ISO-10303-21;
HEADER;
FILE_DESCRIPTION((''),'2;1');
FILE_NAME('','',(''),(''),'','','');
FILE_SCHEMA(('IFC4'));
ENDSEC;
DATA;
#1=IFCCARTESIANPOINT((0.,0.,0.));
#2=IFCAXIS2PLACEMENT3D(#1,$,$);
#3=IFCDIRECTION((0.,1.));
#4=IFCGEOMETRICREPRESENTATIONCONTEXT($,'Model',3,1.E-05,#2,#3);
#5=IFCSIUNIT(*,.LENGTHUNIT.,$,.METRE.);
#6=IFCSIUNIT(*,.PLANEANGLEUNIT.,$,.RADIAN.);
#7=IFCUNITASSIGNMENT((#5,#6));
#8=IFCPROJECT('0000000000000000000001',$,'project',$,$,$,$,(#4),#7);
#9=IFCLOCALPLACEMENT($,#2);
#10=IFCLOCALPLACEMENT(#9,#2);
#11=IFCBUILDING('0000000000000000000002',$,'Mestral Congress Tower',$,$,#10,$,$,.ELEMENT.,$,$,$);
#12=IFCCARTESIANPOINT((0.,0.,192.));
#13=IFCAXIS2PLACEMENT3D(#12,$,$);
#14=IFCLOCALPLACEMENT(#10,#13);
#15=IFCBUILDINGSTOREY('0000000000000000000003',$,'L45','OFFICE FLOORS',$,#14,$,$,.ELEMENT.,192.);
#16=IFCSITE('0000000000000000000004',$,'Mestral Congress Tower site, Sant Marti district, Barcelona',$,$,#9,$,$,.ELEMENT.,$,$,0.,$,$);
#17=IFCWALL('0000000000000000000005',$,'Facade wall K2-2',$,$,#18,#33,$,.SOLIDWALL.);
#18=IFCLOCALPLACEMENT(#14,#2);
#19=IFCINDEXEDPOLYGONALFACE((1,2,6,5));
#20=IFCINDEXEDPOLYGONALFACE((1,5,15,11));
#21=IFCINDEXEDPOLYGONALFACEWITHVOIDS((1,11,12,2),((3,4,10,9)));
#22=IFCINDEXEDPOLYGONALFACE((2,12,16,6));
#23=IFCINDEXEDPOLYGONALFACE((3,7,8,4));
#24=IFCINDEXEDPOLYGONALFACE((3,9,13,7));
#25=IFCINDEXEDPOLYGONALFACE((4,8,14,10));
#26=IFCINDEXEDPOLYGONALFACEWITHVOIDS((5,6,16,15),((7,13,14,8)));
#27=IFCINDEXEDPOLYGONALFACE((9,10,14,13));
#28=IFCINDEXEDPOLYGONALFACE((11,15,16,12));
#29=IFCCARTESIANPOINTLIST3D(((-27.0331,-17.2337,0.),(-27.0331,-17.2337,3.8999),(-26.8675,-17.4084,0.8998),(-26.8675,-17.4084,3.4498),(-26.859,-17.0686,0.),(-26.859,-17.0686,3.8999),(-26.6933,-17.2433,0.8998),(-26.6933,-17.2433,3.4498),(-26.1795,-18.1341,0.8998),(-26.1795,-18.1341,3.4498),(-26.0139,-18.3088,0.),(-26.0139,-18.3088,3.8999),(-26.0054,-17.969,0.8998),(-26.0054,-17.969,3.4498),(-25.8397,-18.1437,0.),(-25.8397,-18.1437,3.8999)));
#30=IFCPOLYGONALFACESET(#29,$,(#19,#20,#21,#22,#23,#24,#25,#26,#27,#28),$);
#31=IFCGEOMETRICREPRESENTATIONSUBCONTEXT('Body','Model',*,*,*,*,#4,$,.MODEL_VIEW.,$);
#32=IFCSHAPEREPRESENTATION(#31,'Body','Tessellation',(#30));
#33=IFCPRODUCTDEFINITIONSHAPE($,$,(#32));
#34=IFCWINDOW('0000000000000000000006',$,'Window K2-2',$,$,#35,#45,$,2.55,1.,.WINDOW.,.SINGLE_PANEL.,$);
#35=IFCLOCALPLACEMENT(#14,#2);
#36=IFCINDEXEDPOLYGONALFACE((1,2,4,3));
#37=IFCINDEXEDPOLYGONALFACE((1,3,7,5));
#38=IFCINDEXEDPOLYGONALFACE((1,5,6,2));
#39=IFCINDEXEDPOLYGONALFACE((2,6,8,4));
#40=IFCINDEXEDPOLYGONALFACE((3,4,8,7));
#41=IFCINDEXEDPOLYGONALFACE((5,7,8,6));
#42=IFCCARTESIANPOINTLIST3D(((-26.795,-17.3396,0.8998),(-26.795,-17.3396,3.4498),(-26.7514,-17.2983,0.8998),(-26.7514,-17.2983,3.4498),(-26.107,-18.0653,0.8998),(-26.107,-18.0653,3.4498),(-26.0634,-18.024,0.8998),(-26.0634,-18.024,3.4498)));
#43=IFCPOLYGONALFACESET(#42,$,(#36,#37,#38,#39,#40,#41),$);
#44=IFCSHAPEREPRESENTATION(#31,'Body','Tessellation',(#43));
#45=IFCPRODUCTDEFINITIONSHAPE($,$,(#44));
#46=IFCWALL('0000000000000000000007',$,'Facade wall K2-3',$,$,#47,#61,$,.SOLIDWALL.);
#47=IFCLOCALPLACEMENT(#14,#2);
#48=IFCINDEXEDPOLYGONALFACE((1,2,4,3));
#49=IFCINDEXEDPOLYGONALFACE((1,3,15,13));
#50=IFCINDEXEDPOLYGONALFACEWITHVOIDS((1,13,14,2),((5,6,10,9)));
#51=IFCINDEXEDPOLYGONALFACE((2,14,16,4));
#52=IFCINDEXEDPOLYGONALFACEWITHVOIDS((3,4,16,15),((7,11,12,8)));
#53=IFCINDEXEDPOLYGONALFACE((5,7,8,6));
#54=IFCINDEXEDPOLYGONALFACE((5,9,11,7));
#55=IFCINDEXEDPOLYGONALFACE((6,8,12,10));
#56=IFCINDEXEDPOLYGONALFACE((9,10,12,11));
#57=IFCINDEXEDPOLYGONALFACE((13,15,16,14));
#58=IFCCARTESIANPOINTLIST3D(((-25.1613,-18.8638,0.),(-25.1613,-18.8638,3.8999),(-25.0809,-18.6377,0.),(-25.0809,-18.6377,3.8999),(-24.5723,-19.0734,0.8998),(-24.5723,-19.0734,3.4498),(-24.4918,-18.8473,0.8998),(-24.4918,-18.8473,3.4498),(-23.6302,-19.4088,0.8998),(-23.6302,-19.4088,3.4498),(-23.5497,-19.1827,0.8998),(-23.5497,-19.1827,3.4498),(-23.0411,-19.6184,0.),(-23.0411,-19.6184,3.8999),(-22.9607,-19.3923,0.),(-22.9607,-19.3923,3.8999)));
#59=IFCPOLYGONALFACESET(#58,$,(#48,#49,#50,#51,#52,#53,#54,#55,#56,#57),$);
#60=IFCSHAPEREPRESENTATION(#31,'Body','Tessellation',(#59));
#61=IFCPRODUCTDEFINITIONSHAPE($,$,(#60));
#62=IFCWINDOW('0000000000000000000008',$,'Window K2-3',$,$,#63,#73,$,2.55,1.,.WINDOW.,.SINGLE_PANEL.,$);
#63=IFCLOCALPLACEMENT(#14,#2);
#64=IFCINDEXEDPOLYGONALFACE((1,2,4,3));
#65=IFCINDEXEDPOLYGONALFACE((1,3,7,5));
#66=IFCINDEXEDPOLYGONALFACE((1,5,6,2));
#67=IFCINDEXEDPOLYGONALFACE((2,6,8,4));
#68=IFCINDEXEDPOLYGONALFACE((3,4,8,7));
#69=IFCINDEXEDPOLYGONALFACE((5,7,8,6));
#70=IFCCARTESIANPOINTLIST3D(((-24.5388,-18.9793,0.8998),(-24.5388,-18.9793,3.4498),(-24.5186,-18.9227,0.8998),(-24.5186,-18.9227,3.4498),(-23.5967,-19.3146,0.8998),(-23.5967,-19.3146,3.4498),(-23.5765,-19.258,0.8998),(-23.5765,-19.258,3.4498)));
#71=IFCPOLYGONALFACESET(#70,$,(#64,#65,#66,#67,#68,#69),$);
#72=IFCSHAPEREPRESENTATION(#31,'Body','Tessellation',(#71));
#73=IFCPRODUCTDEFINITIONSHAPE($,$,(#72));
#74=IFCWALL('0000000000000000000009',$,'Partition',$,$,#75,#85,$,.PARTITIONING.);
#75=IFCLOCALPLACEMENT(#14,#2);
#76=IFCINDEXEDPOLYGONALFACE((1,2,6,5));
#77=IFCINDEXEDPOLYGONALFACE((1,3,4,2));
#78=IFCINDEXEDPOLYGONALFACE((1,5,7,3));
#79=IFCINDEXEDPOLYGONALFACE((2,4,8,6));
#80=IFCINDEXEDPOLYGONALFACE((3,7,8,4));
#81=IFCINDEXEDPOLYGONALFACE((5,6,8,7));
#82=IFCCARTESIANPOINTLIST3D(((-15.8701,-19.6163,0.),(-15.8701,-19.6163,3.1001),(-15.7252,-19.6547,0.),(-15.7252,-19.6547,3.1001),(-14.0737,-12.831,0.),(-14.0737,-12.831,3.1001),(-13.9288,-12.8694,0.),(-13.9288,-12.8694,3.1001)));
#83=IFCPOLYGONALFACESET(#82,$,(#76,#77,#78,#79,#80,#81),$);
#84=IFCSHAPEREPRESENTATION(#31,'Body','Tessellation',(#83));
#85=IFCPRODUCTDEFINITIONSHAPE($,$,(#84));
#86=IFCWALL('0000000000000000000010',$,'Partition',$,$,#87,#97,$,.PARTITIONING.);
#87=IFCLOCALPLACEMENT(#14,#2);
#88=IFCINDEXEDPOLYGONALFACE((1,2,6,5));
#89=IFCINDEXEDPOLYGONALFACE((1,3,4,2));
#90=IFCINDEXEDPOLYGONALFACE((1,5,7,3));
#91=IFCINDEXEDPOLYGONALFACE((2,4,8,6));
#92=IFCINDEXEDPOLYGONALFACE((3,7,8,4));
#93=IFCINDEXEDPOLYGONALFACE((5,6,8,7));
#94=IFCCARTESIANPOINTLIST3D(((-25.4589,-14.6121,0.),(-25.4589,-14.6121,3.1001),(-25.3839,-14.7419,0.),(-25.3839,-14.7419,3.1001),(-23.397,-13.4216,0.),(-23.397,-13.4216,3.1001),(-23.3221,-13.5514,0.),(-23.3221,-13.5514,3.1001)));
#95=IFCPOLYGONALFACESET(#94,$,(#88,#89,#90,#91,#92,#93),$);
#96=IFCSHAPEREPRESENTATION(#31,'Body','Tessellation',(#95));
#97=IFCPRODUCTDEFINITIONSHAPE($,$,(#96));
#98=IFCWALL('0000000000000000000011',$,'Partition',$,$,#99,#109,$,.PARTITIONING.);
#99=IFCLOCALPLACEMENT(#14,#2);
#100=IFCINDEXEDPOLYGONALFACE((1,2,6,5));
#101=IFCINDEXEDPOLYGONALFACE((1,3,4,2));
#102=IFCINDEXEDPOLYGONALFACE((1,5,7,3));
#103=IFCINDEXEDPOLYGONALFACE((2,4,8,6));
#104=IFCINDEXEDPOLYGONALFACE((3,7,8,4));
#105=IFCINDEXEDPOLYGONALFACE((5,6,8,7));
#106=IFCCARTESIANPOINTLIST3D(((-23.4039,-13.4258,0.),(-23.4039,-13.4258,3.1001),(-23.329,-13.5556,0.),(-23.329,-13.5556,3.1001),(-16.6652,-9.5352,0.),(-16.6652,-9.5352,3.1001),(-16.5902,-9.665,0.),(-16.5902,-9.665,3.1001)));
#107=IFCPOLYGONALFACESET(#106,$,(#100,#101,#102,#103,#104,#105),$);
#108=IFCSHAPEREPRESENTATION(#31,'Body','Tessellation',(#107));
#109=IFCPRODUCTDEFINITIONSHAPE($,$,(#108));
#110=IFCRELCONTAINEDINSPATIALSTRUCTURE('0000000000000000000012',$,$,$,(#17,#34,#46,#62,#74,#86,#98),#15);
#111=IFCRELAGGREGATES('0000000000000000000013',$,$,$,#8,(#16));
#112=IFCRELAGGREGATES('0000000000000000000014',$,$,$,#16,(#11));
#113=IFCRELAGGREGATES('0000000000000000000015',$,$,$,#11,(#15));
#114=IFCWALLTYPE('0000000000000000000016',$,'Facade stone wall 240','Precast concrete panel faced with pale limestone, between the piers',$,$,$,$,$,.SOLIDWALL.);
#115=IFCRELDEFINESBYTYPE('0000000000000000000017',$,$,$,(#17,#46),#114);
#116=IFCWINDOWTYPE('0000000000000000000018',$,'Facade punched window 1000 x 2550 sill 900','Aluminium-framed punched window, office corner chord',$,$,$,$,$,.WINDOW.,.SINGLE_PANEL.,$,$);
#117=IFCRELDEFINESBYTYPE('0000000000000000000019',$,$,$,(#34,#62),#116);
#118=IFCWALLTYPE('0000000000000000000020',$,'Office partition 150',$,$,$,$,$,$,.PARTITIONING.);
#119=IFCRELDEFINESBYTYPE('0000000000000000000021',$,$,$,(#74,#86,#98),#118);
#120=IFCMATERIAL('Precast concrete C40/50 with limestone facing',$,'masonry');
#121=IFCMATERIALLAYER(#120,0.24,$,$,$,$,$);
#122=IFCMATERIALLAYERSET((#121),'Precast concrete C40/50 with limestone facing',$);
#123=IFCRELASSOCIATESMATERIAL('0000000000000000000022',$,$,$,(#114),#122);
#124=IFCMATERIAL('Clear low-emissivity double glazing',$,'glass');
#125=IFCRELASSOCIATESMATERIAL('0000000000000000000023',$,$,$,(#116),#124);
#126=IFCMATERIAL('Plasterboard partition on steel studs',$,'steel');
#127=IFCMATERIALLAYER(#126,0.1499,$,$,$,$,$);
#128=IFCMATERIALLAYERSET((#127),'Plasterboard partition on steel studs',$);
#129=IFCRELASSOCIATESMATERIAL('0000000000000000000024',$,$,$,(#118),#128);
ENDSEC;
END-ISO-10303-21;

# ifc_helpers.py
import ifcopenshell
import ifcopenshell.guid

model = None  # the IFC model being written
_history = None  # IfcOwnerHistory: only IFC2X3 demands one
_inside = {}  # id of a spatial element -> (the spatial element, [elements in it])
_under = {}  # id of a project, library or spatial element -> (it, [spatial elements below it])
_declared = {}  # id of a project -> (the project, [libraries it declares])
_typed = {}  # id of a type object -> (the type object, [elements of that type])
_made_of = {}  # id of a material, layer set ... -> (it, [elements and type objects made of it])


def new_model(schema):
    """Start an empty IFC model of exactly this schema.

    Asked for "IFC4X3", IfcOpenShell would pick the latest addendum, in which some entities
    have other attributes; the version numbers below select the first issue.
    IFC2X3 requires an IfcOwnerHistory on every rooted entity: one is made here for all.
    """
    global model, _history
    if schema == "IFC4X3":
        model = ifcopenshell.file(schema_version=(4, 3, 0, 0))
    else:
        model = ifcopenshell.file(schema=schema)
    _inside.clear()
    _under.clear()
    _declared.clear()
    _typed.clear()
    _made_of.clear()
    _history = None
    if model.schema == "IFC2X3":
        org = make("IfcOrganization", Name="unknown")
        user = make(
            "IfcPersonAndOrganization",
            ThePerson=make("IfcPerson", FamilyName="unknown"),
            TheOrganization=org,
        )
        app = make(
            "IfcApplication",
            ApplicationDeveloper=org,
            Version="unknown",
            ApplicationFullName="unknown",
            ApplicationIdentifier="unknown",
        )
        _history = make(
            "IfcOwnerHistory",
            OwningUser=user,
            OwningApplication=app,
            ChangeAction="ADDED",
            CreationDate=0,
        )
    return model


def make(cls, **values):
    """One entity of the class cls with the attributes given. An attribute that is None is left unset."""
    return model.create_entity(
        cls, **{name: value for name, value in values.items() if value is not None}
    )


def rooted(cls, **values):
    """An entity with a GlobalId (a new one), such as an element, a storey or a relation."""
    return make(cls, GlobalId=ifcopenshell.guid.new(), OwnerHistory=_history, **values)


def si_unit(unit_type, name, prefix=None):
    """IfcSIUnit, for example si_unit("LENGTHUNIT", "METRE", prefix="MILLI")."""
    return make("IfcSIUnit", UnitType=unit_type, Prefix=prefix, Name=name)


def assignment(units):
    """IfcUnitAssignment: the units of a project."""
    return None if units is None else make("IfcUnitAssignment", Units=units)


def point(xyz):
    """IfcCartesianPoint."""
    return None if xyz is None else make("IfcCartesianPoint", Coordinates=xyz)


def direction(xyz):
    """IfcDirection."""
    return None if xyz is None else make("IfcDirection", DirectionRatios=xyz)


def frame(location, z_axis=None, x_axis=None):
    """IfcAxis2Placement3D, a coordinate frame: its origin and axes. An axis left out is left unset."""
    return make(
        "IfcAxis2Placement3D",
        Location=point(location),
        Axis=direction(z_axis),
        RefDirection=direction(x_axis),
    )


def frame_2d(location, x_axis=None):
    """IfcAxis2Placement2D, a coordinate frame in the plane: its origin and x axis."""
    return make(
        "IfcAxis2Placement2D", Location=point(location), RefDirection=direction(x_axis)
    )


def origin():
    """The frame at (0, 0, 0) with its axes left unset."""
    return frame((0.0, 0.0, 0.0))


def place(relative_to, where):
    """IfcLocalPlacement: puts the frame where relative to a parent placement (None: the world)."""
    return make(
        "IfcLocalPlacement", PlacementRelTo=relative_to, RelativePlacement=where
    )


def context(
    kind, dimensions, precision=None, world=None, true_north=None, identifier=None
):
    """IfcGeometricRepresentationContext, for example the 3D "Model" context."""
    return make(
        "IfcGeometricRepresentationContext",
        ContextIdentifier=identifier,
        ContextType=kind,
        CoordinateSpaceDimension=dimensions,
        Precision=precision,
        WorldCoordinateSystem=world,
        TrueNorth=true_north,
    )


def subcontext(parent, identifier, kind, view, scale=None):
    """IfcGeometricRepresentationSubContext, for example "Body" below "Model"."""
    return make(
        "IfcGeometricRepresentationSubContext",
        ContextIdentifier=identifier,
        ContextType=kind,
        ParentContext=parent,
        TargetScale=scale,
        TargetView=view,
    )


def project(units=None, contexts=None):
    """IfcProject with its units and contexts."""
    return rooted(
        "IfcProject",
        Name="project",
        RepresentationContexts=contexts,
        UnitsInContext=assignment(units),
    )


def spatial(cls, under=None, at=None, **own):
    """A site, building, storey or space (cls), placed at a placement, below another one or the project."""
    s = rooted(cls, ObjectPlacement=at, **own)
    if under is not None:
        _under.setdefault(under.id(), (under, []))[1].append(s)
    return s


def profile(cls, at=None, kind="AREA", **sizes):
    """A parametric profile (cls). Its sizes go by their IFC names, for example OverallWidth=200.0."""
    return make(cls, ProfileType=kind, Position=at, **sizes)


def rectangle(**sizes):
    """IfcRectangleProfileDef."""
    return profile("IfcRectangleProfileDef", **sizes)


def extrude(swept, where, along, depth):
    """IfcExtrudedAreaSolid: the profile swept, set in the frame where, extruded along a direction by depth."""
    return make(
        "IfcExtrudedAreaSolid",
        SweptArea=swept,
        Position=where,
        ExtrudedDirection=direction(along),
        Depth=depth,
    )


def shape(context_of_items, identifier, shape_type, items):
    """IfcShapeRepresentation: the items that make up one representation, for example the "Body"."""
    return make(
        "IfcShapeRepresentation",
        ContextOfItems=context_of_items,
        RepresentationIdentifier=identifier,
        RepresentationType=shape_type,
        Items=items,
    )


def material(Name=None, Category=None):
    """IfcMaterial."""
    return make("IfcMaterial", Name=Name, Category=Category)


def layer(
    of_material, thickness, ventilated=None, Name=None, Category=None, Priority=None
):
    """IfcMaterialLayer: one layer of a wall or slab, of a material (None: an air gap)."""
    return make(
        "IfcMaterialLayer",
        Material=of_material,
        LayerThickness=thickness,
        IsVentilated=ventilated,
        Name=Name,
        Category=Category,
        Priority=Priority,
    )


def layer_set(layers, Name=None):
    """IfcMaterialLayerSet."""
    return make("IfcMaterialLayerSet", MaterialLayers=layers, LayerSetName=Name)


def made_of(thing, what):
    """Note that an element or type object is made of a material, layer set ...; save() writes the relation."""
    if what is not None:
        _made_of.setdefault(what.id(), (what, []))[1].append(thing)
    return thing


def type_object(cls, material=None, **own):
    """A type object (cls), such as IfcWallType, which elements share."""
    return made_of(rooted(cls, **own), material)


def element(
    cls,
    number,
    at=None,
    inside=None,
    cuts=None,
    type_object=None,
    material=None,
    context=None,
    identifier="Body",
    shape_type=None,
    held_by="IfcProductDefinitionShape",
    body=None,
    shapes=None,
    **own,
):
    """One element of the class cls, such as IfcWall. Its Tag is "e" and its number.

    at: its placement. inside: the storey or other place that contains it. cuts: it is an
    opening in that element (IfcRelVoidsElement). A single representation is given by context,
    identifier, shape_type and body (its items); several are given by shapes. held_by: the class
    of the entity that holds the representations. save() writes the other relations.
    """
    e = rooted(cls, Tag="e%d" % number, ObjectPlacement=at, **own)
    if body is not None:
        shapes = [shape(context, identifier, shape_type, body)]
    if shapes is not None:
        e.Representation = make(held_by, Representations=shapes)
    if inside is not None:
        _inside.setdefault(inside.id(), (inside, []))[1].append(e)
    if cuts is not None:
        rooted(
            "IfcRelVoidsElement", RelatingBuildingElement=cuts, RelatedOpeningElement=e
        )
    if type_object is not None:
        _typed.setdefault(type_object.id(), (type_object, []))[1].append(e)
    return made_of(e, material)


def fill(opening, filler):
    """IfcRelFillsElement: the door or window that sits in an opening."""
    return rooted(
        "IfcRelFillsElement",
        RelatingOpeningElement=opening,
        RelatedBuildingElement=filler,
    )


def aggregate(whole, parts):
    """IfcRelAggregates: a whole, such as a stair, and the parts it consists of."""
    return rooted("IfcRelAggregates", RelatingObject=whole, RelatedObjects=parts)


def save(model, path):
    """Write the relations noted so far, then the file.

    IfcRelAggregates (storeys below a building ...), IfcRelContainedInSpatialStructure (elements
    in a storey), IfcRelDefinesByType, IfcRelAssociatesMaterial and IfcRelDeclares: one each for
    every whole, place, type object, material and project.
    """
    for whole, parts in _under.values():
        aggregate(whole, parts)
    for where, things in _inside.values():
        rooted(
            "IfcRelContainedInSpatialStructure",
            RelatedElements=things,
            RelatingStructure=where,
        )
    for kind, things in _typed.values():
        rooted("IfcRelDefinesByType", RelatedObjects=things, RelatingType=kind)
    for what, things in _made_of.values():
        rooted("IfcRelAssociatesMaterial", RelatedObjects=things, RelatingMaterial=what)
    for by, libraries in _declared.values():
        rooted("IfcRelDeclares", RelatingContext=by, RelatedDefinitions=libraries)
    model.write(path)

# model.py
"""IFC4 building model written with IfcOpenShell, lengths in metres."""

from ifc_helpers import new_model, si_unit, direction, frame, frame_2d, origin, place, context, subcontext, project, spatial, rectangle, extrude, material, layer, layer_set, type_object, element, fill, save


model = new_model("IFC4")

# Units and contexts
model_context = context("Model", 3, precision=1e-05, world=origin(), true_north=direction((0.0, 1.0)))
body_context = subcontext(model_context, "Body", "Model", "MODEL_VIEW")
ifc_project = project(units=[si_unit("LENGTHUNIT", "METRE"), si_unit("PLANEANGLEUNIT", "RADIAN")], contexts=[model_context])

# Site, building, storey
site_placement = place(None, origin())
site = spatial("IfcSite", under=ifc_project, at=site_placement, Name="Mestral Congress Tower site, Sant Marti district, Barcelona", CompositionType="ELEMENT", RefElevation=0.0)
building_placement = place(site_placement, origin())
building = spatial("IfcBuilding", under=site, at=building_placement, Name="Mestral Congress Tower", CompositionType="ELEMENT")
storey_placement = place(building_placement, frame((0.0, 0.0, 192.0)))
storey = spatial("IfcBuildingStorey", under=building, at=storey_placement, Name="L45", Description="OFFICE FLOORS", CompositionType="ELEMENT", Elevation=192.0)

# Shared definitions
ifc_material_1 = material(Name="Precast concrete C40/50 with limestone facing", Category="masonry")
ifc_layer_1 = layer(ifc_material_1, 0.24)
ifc_layer_set_1 = layer_set([ifc_layer_1], Name="Precast concrete C40/50 with limestone facing")
wall_type_1 = type_object("IfcWallType", Name="Facade stone wall 240", Description="Precast concrete panel faced with pale limestone, between the piers", PredefinedType="SOLIDWALL", material=ifc_layer_set_1)
ifc_material_2 = material(Name="Clear low-emissivity double glazing", Category="glass")

# Walls, openings, windows
wall_1_placement = place(storey_placement, frame((-26.946, -17.1511, 0.0), z_axis=(0.0, 0.0, 1.0), x_axis=(0.687987, -0.725723, 0.0)))
wall_1 = element("IfcWall", 1, at=wall_1_placement, inside=storey, type_object=wall_type_1, Name="Facade wall K2-2", PredefinedType="SOLIDWALL", context=body_context, shape_type="SweptSolid", body=[
    extrude(rectangle(XDim=1.4814, YDim=0.24, at=frame_2d((0.7407, 0.0))), origin(), (0.0, 0.0, 1.0), 3.8999),
])
opening_1_placement = place(wall_1_placement, frame((0.2407, 0.0, 0.8999)))
opening_1 = element("IfcOpeningElement", 2, at=opening_1_placement, cuts=wall_1, PredefinedType="OPENING", context=body_context, shape_type="SweptSolid", body=[
    extrude(rectangle(XDim=1.0, YDim=2.55, at=frame_2d((0.5, 1.2749))), frame((0.0, 0.1299, 0.0), z_axis=(0.0, -1.0, 0.0), x_axis=(1.0, 0.0, 0.0)), (0.0, 0.0, 1.0), 0.26),
])
window_type_1 = type_object("IfcWindowType", Name="Facade punched window 1000 x 2550 sill 900", Description="Aluminium-framed punched window, office corner chord", PartitioningType="SINGLE_PANEL", PredefinedType="WINDOW", material=ifc_material_2)
window_1_placement = place(opening_1_placement, origin())
window_1 = element("IfcWindow", 3, at=window_1_placement, inside=storey, type_object=window_type_1, Name="Window K2-2", OverallHeight=2.55, OverallWidth=1.0, PartitioningType="SINGLE_PANEL", PredefinedType="WINDOW", context=body_context, shape_type="SweptSolid", body=[
    extrude(rectangle(XDim=1.0, YDim=2.55, at=frame_2d((0.5, 1.2749))), frame((0.0, 0.04, 0.0), z_axis=(0.0, -1.0, 0.0), x_axis=(1.0, 0.0, 0.0)), (0.0, 0.0, 1.0), 0.0601),
])
fill(opening_1, window_1)
wall_2_placement = place(storey_placement, frame((-25.1211, -18.7507, 0.0), z_axis=(0.0, 0.0, 1.0), x_axis=(0.9421, -0.335333, 0.0)))
wall_2 = element("IfcWall", 4, at=wall_2_placement, inside=storey, type_object=wall_type_1, Name="Facade wall K2-3", PredefinedType="SOLIDWALL", context=body_context, shape_type="SweptSolid", body=[
    extrude(rectangle(XDim=2.2505, YDim=0.24, at=frame_2d((1.1252, 0.0))), origin(), (0.0, 0.0, 1.0), 3.8999),
])
opening_2_placement = place(wall_2_placement, frame((0.6252, 0.0, 0.8999)))
opening_2 = element("IfcOpeningElement", 5, at=opening_2_placement, cuts=wall_2, PredefinedType="OPENING", context=body_context, shape_type="SweptSolid", body=[
    extrude(rectangle(XDim=1.0, YDim=2.55, at=frame_2d((0.5, 1.2749))), frame((0.0, 0.1299, 0.0), z_axis=(0.0, -1.0, 0.0), x_axis=(1.0, 0.0, 0.0)), (0.0, 0.0, 1.0), 0.26),
])
window_2_placement = place(opening_2_placement, origin())
window_2 = element("IfcWindow", 6, at=window_2_placement, inside=storey, type_object=window_type_1, Name="Window K2-3", OverallHeight=2.55, OverallWidth=1.0, PartitioningType="SINGLE_PANEL", PredefinedType="WINDOW", context=body_context, shape_type="SweptSolid", body=[
    extrude(rectangle(XDim=1.0, YDim=2.55, at=frame_2d((0.5, 1.2749))), frame((0.0, 0.04, 0.0), z_axis=(0.0, -1.0, 0.0), x_axis=(1.0, 0.0, 0.0)), (0.0, 0.0, 1.0), 0.0601),
])
fill(opening_2, window_2)

# Walls
ifc_material_3 = material(Name="Plasterboard partition on steel studs", Category="steel")
ifc_layer_2 = layer(ifc_material_3, 0.1499)
ifc_layer_set_2 = layer_set([ifc_layer_2], Name="Plasterboard partition on steel studs")
wall_type_2 = type_object("IfcWallType", Name="Office partition 150", PredefinedType="PARTITIONING", material=ifc_layer_set_2)
wall_3_placement = place(storey_placement, frame((-15.7976, -19.6355, 0.0), z_axis=(0.0, 0.0, 1.0), x_axis=(0.255926, 0.966696, 0.0)))
element("IfcWall", 7, at=wall_3_placement, inside=storey, type_object=wall_type_2, Name="Partition", PredefinedType="PARTITIONING", context=body_context, shape_type="SweptSolid", body=[
    extrude(rectangle(XDim=7.019, YDim=0.1499, at=frame_2d((3.5095, 0.0))), origin(), (0.0, 0.0, 1.0), 3.1001),
])
wall_4_placement = place(storey_placement, frame((-25.4214, -14.677, 0.0), z_axis=(0.0, 0.0, 1.0), x_axis=(0.866013, 0.500021, 0.0)))
element("IfcWall", 8, at=wall_4_placement, inside=storey, type_object=wall_type_2, Name="Partition", PredefinedType="PARTITIONING", context=body_context, shape_type="SweptSolid", body=[
    extrude(rectangle(XDim=2.3809, YDim=0.1499, at=frame_2d((1.1904, 0.0))), origin(), (0.0, 0.0, 1.0), 3.1001),
])
wall_5_placement = place(storey_placement, frame((-23.3665, -13.4907, 0.0), z_axis=(0.0, 0.0, 1.0), x_axis=(0.866026, 0.499999, 0.0)))
element("IfcWall", 9, at=wall_5_placement, inside=storey, type_object=wall_type_2, Name="Partition", PredefinedType="PARTITIONING", context=body_context, shape_type="SweptSolid", body=[
    extrude(rectangle(XDim=7.7812, YDim=0.1499, at=frame_2d((3.8906, 0.0))), origin(), (0.0, 0.0, 1.0), 3.1001),
])

save(model, "model.ifc")
